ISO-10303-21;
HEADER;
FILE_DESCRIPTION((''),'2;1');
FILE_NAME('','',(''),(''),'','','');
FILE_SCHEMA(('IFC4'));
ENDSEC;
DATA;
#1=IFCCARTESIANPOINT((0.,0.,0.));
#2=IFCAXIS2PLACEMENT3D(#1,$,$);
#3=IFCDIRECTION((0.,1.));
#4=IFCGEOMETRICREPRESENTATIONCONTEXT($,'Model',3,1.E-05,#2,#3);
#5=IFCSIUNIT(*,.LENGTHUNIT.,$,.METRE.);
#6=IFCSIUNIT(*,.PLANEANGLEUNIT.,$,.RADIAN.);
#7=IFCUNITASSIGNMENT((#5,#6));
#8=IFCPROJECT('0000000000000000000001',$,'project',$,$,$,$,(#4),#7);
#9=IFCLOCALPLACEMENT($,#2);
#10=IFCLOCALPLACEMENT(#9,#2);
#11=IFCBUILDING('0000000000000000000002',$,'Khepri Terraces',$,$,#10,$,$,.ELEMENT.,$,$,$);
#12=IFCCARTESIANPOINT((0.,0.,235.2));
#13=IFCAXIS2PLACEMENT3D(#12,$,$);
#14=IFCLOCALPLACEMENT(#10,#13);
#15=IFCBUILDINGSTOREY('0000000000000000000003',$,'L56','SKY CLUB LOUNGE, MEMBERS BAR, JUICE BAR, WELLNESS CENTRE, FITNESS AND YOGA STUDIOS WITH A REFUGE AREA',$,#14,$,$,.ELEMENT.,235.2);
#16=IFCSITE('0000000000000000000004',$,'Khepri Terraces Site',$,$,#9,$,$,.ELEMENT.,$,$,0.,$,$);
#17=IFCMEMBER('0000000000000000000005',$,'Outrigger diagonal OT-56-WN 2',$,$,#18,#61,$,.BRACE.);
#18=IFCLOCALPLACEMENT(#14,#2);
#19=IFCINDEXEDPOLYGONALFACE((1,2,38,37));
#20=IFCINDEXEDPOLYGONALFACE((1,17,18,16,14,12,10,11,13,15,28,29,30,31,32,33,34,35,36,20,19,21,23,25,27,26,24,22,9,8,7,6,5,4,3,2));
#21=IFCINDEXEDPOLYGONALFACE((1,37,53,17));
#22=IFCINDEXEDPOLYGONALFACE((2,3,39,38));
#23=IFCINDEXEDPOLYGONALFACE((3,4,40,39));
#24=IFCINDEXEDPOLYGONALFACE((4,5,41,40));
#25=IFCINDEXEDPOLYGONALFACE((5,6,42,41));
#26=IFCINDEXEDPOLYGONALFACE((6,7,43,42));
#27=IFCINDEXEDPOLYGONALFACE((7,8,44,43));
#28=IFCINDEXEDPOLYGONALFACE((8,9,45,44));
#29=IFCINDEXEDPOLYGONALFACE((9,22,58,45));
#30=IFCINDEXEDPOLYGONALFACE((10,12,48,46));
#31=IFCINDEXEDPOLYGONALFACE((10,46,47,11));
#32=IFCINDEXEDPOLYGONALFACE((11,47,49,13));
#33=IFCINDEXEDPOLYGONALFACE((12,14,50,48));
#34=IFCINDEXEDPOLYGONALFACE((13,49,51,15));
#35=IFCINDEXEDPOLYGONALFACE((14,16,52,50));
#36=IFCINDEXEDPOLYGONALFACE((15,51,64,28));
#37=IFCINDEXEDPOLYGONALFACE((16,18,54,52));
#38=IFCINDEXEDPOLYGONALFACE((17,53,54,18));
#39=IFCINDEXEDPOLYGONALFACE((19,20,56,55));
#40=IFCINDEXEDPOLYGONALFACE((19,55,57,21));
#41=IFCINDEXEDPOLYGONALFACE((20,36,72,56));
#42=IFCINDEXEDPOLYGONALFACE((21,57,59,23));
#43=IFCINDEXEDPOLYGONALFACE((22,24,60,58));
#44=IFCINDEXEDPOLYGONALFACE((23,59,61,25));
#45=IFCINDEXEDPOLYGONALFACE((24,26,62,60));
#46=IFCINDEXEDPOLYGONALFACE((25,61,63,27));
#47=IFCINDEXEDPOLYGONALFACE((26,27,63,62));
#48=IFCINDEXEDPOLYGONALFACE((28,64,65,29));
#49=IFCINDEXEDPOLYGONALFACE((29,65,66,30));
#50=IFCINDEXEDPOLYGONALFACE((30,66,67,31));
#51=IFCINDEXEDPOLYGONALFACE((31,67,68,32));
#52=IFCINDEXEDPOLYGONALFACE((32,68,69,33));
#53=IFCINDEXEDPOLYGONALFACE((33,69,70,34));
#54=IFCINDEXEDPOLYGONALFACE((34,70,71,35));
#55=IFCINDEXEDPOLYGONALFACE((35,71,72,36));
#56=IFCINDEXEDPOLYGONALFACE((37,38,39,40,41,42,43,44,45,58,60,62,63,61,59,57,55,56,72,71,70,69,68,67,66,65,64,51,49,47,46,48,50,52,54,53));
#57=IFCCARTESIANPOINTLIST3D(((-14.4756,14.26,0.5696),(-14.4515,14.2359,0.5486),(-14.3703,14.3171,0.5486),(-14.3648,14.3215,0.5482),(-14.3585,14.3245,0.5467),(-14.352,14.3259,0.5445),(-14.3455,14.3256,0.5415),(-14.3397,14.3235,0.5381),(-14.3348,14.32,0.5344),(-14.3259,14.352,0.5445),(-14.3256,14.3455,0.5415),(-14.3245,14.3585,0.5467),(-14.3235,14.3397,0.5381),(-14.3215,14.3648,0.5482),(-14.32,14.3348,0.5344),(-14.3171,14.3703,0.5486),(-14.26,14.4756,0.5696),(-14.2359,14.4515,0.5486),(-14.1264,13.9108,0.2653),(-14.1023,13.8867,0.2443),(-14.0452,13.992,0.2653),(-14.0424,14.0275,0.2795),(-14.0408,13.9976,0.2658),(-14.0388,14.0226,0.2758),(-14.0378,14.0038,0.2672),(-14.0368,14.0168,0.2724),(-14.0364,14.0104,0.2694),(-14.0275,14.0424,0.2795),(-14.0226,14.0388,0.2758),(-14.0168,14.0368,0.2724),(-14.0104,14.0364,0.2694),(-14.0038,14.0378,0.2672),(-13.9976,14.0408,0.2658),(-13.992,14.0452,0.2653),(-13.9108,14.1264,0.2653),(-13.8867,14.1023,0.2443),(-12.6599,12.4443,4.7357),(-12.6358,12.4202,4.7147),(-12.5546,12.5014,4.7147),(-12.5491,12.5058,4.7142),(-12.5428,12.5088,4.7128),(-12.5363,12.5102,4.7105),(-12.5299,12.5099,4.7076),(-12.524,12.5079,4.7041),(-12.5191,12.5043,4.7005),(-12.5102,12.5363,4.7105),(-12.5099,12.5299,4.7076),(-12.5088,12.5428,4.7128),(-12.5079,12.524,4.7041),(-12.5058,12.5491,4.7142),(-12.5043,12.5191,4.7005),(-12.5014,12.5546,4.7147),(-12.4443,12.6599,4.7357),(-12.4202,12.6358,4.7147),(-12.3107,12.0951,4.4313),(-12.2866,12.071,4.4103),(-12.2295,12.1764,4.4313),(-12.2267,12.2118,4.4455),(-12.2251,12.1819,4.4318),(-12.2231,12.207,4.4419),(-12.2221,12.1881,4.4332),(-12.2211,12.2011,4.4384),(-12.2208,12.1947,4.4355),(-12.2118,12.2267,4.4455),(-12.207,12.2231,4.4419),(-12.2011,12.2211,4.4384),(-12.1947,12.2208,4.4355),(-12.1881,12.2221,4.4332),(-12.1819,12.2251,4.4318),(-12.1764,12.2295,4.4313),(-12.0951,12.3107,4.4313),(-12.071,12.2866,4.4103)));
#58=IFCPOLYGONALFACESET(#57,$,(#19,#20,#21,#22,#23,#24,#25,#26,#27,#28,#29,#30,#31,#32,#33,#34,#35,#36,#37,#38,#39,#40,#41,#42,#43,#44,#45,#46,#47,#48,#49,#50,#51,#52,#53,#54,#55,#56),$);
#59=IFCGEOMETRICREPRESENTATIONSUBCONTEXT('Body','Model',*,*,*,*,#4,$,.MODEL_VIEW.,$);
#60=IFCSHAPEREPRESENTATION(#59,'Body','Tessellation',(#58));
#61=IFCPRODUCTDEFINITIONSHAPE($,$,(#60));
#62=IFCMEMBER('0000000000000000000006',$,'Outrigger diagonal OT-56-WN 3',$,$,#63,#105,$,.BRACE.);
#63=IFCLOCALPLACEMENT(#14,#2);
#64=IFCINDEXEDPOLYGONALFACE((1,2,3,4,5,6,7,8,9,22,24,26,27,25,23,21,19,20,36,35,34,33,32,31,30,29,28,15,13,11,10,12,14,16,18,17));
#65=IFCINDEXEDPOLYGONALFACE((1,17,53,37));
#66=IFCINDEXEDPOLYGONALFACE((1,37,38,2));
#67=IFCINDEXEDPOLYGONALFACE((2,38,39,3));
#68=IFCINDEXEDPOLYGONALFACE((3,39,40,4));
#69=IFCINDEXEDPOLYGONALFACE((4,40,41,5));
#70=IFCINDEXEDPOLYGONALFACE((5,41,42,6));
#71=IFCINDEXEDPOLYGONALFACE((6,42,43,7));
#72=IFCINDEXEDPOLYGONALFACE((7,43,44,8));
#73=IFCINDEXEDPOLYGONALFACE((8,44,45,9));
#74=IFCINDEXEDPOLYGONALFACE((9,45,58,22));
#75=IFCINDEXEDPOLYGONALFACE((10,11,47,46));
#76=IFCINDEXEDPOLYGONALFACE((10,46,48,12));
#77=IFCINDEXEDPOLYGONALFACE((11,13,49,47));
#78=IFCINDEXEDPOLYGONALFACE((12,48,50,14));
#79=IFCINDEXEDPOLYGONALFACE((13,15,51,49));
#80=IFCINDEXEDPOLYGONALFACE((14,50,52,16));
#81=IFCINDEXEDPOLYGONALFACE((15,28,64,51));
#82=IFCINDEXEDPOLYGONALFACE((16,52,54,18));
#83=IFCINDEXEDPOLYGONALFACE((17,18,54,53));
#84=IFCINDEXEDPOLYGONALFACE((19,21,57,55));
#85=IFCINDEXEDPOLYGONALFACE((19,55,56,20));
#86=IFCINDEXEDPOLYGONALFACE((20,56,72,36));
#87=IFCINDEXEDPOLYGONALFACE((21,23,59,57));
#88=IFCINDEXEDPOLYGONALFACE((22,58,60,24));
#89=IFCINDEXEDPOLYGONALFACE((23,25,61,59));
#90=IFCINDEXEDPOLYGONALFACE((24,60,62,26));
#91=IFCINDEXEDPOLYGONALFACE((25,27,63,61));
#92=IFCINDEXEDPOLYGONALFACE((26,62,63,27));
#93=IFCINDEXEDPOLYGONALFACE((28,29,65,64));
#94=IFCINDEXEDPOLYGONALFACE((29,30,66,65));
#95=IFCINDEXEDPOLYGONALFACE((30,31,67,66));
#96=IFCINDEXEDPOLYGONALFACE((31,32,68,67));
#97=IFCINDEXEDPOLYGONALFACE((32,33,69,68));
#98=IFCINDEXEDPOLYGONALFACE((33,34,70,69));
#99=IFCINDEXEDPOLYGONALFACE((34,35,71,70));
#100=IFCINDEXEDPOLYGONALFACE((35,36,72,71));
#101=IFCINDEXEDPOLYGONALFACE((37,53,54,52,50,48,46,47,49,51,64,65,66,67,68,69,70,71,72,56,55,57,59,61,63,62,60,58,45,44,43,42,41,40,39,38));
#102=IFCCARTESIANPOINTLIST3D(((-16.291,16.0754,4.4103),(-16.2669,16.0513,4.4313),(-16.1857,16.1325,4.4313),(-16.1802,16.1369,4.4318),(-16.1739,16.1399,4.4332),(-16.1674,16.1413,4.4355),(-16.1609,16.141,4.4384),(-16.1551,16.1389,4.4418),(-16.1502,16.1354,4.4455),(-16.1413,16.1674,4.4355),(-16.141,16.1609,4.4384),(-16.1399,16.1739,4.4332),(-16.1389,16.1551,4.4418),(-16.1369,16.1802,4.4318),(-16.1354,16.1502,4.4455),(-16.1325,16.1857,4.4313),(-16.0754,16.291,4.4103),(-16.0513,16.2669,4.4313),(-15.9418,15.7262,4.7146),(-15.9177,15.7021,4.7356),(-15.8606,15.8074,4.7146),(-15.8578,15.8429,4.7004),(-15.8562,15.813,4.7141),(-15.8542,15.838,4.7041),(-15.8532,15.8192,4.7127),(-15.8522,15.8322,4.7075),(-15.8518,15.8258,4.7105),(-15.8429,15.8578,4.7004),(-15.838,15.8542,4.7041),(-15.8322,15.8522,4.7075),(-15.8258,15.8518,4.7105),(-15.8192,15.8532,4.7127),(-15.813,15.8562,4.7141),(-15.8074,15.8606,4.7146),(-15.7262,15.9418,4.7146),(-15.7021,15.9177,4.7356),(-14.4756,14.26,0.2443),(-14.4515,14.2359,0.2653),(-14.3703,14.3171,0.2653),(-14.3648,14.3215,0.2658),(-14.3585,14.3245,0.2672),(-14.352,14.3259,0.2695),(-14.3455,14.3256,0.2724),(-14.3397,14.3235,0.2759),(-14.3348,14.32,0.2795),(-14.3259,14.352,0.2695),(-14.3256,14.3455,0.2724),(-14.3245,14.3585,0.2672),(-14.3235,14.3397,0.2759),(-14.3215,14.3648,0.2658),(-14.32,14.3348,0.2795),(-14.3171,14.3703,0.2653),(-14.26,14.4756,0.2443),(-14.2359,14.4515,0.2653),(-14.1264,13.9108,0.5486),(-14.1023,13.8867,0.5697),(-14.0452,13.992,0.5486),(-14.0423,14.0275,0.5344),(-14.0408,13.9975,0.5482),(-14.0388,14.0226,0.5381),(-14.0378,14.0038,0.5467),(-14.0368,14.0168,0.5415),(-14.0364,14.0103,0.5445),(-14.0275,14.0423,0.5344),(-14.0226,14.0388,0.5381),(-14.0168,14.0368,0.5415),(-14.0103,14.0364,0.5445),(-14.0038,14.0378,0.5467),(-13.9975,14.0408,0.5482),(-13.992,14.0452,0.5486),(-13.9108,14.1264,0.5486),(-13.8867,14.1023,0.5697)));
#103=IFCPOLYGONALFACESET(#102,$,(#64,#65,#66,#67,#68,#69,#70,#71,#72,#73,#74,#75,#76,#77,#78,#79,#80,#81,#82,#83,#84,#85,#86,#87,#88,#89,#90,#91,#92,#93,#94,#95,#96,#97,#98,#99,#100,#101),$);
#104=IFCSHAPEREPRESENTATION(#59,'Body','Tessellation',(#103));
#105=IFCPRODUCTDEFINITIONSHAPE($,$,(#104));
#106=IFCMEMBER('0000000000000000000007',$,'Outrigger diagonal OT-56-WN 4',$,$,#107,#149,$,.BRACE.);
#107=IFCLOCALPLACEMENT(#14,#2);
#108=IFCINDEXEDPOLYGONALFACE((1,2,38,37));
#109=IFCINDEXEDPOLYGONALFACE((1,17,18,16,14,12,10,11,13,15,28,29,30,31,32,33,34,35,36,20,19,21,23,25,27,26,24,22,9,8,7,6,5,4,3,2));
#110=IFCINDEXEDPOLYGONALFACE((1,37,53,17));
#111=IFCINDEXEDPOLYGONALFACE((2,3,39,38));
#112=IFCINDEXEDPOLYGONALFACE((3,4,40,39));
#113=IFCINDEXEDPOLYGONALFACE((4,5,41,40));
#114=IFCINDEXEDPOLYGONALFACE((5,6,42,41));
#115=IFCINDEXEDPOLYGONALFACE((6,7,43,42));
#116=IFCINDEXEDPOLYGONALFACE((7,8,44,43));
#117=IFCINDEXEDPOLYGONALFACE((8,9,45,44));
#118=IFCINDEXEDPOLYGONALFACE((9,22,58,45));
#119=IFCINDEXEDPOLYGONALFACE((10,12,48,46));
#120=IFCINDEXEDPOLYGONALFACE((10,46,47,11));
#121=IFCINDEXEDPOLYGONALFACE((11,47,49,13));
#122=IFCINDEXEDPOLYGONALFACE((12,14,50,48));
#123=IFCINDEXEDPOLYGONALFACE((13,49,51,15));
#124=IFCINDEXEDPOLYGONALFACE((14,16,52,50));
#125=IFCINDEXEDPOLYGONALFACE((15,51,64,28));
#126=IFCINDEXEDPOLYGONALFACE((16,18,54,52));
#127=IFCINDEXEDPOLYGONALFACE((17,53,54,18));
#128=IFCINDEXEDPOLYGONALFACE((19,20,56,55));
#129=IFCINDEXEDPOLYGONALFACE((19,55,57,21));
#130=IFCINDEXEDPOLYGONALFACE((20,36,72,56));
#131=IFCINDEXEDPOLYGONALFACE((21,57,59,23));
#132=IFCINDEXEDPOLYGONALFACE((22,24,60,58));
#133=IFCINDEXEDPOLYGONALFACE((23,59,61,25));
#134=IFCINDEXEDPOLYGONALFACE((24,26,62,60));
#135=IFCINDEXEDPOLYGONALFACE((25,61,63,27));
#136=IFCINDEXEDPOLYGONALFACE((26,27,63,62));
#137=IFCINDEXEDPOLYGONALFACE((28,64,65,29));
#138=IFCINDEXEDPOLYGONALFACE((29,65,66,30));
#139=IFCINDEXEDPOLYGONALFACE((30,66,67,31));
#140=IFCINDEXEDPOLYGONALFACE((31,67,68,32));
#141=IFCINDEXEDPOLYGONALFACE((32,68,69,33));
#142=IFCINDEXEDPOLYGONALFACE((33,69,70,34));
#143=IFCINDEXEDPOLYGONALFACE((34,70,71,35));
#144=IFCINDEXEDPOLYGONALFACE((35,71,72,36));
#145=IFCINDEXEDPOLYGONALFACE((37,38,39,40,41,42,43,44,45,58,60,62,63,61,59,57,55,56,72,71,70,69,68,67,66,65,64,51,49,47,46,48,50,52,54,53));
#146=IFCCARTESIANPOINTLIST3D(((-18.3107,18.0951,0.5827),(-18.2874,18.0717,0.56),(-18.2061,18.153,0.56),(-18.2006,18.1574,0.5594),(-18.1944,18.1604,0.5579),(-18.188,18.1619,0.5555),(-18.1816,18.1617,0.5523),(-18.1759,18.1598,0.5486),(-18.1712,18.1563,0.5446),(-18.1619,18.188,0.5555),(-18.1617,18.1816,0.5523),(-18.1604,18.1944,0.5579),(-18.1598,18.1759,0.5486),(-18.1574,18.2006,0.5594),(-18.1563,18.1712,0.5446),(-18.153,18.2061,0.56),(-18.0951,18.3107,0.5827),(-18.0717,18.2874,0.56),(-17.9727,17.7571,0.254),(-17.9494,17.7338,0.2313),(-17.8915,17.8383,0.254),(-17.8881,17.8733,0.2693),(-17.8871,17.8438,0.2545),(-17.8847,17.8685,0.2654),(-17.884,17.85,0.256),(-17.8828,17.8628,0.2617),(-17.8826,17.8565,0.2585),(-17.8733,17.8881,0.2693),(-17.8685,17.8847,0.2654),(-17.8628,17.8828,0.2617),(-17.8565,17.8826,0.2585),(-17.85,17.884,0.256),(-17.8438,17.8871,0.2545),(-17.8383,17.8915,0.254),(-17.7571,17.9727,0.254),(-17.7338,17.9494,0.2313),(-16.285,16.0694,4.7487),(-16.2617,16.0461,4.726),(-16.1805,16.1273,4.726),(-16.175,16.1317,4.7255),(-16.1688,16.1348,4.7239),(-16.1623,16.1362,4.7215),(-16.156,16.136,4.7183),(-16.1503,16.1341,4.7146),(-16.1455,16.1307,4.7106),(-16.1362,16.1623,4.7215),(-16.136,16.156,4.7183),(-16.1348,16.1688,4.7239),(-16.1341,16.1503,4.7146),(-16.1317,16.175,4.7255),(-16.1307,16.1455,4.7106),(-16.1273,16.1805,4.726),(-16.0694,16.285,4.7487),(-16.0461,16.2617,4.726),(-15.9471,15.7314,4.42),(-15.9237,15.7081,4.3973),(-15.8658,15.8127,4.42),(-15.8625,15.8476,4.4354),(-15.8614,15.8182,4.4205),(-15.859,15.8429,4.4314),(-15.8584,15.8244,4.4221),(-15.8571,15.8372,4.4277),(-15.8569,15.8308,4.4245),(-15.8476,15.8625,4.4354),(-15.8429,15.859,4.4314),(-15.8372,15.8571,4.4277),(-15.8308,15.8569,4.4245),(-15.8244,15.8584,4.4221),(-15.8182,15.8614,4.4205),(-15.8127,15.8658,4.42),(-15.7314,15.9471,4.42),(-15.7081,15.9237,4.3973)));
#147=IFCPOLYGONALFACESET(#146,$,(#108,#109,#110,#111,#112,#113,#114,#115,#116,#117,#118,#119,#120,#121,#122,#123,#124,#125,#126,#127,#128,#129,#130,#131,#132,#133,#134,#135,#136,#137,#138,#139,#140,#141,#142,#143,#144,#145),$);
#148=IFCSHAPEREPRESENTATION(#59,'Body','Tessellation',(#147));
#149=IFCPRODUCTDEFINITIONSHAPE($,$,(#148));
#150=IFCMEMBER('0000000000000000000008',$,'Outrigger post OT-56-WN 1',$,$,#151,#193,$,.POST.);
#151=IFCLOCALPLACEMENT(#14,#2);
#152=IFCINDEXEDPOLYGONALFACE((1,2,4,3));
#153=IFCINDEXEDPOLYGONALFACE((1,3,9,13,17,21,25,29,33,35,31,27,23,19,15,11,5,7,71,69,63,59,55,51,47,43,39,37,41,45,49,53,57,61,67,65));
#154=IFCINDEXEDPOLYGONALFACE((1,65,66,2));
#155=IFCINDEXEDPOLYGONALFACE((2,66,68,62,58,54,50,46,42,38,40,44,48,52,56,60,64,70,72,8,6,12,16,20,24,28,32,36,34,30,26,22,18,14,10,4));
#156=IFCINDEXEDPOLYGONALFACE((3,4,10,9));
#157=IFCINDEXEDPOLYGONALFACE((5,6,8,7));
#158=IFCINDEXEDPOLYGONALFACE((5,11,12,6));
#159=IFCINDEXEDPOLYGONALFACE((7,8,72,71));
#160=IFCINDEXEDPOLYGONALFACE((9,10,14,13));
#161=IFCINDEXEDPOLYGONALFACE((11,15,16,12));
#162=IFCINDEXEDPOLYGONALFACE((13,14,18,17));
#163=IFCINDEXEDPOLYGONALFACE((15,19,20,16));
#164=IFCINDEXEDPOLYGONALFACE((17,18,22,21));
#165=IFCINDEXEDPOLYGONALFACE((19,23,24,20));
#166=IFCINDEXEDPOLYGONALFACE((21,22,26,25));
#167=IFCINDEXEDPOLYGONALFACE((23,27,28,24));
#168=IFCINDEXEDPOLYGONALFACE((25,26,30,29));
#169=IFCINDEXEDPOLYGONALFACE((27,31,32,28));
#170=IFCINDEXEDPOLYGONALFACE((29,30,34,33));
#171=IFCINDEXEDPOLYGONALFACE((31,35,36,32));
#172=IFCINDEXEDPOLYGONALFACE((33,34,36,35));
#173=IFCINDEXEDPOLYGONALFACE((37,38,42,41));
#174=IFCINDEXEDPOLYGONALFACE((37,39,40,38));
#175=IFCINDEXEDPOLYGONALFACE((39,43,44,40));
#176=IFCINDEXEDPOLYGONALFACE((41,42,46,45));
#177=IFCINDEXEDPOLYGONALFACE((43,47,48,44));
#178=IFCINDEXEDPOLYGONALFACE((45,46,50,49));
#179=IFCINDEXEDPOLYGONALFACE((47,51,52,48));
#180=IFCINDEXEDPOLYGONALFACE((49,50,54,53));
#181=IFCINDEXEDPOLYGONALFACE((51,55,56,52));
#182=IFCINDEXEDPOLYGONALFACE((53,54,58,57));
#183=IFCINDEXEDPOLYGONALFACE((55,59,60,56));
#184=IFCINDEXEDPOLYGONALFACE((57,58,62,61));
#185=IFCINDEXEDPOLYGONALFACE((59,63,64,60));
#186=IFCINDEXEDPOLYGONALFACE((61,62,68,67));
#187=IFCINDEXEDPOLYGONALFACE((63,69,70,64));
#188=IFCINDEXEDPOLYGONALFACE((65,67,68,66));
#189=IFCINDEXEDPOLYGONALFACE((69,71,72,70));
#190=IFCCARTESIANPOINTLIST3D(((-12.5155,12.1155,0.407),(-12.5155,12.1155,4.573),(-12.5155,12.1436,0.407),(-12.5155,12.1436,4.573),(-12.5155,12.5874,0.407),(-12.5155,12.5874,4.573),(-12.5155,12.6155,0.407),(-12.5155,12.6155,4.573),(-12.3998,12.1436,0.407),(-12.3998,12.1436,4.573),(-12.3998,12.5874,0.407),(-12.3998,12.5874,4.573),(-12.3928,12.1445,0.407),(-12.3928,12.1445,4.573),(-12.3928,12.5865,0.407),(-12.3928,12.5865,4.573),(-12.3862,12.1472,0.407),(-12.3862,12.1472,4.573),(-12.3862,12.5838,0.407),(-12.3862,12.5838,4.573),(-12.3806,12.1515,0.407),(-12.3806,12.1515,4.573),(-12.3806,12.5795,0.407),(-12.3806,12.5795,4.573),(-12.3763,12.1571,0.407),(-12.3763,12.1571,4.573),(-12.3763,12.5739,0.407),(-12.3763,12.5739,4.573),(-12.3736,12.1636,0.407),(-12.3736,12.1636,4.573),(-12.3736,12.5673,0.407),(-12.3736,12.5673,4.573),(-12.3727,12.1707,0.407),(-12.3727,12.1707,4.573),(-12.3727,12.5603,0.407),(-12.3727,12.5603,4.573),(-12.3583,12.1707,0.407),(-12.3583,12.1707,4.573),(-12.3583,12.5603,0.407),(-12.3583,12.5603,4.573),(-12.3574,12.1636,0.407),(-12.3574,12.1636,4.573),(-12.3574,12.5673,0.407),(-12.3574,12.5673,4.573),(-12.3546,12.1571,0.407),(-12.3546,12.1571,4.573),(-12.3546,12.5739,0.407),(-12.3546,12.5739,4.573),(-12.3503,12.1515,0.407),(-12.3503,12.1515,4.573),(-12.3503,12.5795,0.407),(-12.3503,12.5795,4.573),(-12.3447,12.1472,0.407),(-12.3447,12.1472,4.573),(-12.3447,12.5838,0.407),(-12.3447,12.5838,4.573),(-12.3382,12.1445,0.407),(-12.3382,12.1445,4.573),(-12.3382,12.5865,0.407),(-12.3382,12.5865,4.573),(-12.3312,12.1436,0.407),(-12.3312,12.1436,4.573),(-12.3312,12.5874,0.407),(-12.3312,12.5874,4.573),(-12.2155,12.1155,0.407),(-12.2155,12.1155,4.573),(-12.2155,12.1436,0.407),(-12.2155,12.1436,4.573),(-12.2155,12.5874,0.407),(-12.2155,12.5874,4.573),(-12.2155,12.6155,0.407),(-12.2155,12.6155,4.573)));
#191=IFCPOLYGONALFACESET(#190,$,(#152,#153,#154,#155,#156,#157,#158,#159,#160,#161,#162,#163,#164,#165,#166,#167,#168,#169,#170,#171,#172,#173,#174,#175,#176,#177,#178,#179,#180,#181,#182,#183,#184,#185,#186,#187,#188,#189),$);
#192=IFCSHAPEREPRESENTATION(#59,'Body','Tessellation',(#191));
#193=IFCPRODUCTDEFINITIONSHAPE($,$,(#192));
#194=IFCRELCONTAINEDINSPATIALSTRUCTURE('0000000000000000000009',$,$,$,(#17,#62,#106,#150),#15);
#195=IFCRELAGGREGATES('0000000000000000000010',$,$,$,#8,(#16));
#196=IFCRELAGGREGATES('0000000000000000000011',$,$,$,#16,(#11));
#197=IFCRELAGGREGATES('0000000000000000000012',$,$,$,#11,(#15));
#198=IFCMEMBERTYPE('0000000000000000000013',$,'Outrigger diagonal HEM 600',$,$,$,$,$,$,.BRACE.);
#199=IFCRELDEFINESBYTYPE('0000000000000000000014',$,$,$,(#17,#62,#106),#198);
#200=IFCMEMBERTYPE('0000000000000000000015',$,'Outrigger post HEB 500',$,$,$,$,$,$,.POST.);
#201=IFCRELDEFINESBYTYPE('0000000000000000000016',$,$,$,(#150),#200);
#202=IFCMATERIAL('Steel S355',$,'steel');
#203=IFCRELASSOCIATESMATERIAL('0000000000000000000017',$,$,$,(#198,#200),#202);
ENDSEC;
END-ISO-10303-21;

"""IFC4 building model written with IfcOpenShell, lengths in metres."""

from ifc_helpers import new_model, si_unit, direction, frame, origin, origin_2d, place, context, subcontext, project, spatial, i_section, extrude, material, material_profile, profile_set, type_object, element, save


model = new_model("IFC4")

# Units and contexts
model_context = context("Model", 3, precision=1e-05, world=origin(), true_north=direction((0.0, 1.0)))
body_context = subcontext(model_context, "Body", "Model", "MODEL_VIEW")
ifc_project = project(units=[si_unit("LENGTHUNIT", "METRE"), si_unit("PLANEANGLEUNIT", "RADIAN")], contexts=[model_context])

# Site, building, storey
site_placement = place(None, origin())
site = spatial("IfcSite", under=ifc_project, at=site_placement, Name="Khepri Terraces Site", CompositionType="ELEMENT", RefElevation=0.0)
building_placement = place(site_placement, origin())
building = spatial("IfcBuilding", under=site, at=building_placement, Name="Khepri Terraces", CompositionType="ELEMENT")
storey_placement = place(building_placement, frame((0.0, 0.0, 235.2)))
storey = spatial("IfcBuildingStorey", under=building, at=storey_placement, Name="L56", Description="SKY CLUB LOUNGE, MEMBERS BAR, JUICE BAR, WELLNESS CENTRE, FITNESS AND YOGA STUDIOS WITH A REFUGE AREA", CompositionType="ELEMENT", Elevation=235.2)

# Members
ifc_material_1 = material(Name="Steel S355", Category="steel")
ifc_material_profile_1 = material_profile(ifc_material_1, i_section(OverallWidth=0.3049, OverallDepth=0.6201, WebThickness=0.021, FlangeThickness=0.04, FilletRadius=0.0271, at=origin_2d()), Name="Steel S355", Category="steel")
ifc_profile_set_1 = profile_set([ifc_material_profile_1], Name="Steel S355")
member_type_1 = type_object("IfcMemberType", Name="Outrigger diagonal HEM 600", PredefinedType="BRACE", material=ifc_profile_set_1)
member_1_placement = place(storey_placement, frame((-12.3655, 12.3655, 4.573), z_axis=(-0.371017, 0.371017, -0.851289), x_axis=(-0.707107, -0.707107, 0.0)))
element("IfcMember", 1, at=member_1_placement, inside=storey, type_object=member_type_1, Name="Outrigger diagonal OT-56-WN 2", PredefinedType="BRACE", context=body_context, shape_type="SweptSolid", body=[
    extrude(i_section(OverallWidth=0.3049, OverallDepth=0.6201, WebThickness=0.021, FlangeThickness=0.04, FilletRadius=0.0271, at=origin_2d()), origin(), (0.0, 0.0, 1.0), 4.8938),
])
member_2_placement = place(storey_placement, frame((-14.1812, 14.1812, 0.407), z_axis=(-0.370981, 0.370981, 0.85132), x_axis=(-0.707107, -0.707107, 0.0)))
element("IfcMember", 2, at=member_2_placement, inside=storey, type_object=member_type_1, Name="Outrigger diagonal OT-56-WN 3", PredefinedType="BRACE", context=body_context, shape_type="SweptSolid", body=[
    extrude(i_section(OverallWidth=0.3049, OverallDepth=0.6201, WebThickness=0.021, FlangeThickness=0.04, FilletRadius=0.0271, at=origin_2d()), origin(), (0.0, 0.0, 1.0), 4.8936),
])
member_3_placement = place(storey_placement, frame((-15.9966, 15.9966, 4.573), z_axis=(-0.400648, 0.400648, -0.823992), x_axis=(-0.707107, -0.707107, 0.0)))
element("IfcMember", 3, at=member_3_placement, inside=storey, type_object=member_type_1, Name="Outrigger diagonal OT-56-WN 4", PredefinedType="BRACE", context=body_context, shape_type="SweptSolid", body=[
    extrude(i_section(OverallWidth=0.3049, OverallDepth=0.6201, WebThickness=0.021, FlangeThickness=0.04, FilletRadius=0.0271, at=origin_2d()), origin(), (0.0, 0.0, 1.0), 5.0559),
])
ifc_material_profile_2 = material_profile(ifc_material_1, i_section(OverallWidth=0.3, OverallDepth=0.5, WebThickness=0.0144, FlangeThickness=0.0281, FilletRadius=0.0271, at=origin_2d()), Name="Steel S355", Category="steel")
ifc_profile_set_2 = profile_set([ifc_material_profile_2], Name="Steel S355")
member_type_2 = type_object("IfcMemberType", Name="Outrigger post HEB 500", PredefinedType="POST", material=ifc_profile_set_2)
for number, where, z_axis, x_axis, name in (
    (4, (-12.3655, 12.3655, 0.407), (0.0, 0.0, 1.0), (1.0, 0.0, 0.0), "Outrigger post OT-56-WN 1"),
):
    element("IfcMember", number, at=place(storey_placement, frame(where, z_axis=z_axis, x_axis=x_axis)), inside=storey, type_object=member_type_2, Name=name, PredefinedType="POST", context=body_context, shape_type="SweptSolid", body=[
        extrude(i_section(OverallWidth=0.3, OverallDepth=0.5, WebThickness=0.0144, FlangeThickness=0.0281, FilletRadius=0.0271, at=origin_2d()), origin(), (0.0, 0.0, 1.0), 4.166),
    ])

save(model, "model.ifc")
